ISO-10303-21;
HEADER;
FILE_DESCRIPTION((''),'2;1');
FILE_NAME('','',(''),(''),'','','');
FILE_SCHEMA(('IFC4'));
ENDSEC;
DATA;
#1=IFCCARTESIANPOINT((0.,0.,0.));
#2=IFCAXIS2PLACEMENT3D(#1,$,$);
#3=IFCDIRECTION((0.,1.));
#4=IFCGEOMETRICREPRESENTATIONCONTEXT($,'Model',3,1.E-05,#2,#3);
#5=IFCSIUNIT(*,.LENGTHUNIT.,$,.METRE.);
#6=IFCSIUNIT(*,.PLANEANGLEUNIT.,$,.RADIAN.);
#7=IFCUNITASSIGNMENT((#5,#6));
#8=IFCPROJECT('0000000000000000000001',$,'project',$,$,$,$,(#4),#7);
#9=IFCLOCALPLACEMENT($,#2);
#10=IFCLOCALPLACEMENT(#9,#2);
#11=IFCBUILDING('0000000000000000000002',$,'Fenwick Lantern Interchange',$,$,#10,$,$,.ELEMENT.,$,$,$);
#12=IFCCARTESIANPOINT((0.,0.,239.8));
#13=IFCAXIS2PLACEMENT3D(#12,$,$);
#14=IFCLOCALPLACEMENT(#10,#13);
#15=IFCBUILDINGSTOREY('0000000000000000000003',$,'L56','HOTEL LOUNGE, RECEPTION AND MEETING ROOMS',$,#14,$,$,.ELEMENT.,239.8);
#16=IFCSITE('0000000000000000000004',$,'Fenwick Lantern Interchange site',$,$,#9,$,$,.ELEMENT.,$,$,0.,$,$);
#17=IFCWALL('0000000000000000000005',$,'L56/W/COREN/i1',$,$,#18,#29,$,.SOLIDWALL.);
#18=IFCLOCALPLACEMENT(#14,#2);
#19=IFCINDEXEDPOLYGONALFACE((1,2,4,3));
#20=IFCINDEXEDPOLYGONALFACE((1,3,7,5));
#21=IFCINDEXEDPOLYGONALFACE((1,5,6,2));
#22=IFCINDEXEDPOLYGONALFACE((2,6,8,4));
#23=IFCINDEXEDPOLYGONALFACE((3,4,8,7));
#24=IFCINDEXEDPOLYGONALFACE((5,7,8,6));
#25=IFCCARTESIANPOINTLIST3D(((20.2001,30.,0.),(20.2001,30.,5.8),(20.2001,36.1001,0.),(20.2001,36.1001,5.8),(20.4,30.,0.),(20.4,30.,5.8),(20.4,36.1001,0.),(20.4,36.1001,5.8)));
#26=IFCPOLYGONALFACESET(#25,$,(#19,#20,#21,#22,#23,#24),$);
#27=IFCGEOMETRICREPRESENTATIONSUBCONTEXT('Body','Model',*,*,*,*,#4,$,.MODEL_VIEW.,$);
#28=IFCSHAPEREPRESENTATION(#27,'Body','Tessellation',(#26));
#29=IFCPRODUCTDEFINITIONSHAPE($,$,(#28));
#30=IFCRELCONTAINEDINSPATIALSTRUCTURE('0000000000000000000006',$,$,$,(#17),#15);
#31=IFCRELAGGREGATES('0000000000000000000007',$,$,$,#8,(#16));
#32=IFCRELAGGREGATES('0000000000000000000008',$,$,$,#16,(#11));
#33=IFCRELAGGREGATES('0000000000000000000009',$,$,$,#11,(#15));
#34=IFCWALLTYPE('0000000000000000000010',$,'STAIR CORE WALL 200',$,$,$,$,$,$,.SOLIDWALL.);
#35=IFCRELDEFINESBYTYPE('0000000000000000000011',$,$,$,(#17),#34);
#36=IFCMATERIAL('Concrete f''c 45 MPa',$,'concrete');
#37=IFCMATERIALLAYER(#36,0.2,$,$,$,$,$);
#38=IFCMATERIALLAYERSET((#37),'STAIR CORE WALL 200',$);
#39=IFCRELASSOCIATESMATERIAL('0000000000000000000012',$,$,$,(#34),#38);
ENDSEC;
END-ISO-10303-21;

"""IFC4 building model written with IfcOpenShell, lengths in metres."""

from ifc_helpers import new_model, si_unit, direction, frame, frame_2d, origin, place, context, subcontext, project, spatial, rectangle, extrude, material, layer, layer_set, type_object, element, save


model = new_model("IFC4")

# Units and contexts
model_context = context("Model", 3, precision=1e-05, world=origin(), true_north=direction((0.0, 1.0)))
body_context = subcontext(model_context, "Body", "Model", "MODEL_VIEW")
ifc_project = project(units=[si_unit("LENGTHUNIT", "METRE"), si_unit("PLANEANGLEUNIT", "RADIAN")], contexts=[model_context])

# Site, building, storey
site_placement = place(None, origin())
site = spatial("IfcSite", under=ifc_project, at=site_placement, Name="Fenwick Lantern Interchange site", CompositionType="ELEMENT", RefElevation=0.0)
building_placement = place(site_placement, origin())
building = spatial("IfcBuilding", under=site, at=building_placement, Name="Fenwick Lantern Interchange", CompositionType="ELEMENT")
storey_placement = place(building_placement, frame((0.0, 0.0, 239.8)))
storey = spatial("IfcBuildingStorey", under=building, at=storey_placement, Name="L56", Description="HOTEL LOUNGE, RECEPTION AND MEETING ROOMS", CompositionType="ELEMENT", Elevation=239.8)

# Wall
ifc_material_1 = material(Name="Concrete f'c 45 MPa", Category="concrete")
ifc_layer_1 = layer(ifc_material_1, 0.2)
ifc_layer_set_1 = layer_set([ifc_layer_1], Name="STAIR CORE WALL 200")
wall_type_1 = type_object("IfcWallType", Name="STAIR CORE WALL 200", PredefinedType="SOLIDWALL", material=ifc_layer_set_1)
wall_1_placement = place(storey_placement, frame((20.3, 36.1001, 0.0), z_axis=(0.0, 0.0, 1.0), x_axis=(0.0, -1.0, 0.0)))
element("IfcWall", 1, at=wall_1_placement, inside=storey, type_object=wall_type_1, Name="L56/W/COREN/i1", PredefinedType="SOLIDWALL", context=body_context, shape_type="SweptSolid", body=[
    extrude(rectangle(XDim=6.1001, YDim=0.2, at=frame_2d((3.05, 0.0))), origin(), (0.0, 0.0, 1.0), 5.8),
])

save(model, "model.ifc")
